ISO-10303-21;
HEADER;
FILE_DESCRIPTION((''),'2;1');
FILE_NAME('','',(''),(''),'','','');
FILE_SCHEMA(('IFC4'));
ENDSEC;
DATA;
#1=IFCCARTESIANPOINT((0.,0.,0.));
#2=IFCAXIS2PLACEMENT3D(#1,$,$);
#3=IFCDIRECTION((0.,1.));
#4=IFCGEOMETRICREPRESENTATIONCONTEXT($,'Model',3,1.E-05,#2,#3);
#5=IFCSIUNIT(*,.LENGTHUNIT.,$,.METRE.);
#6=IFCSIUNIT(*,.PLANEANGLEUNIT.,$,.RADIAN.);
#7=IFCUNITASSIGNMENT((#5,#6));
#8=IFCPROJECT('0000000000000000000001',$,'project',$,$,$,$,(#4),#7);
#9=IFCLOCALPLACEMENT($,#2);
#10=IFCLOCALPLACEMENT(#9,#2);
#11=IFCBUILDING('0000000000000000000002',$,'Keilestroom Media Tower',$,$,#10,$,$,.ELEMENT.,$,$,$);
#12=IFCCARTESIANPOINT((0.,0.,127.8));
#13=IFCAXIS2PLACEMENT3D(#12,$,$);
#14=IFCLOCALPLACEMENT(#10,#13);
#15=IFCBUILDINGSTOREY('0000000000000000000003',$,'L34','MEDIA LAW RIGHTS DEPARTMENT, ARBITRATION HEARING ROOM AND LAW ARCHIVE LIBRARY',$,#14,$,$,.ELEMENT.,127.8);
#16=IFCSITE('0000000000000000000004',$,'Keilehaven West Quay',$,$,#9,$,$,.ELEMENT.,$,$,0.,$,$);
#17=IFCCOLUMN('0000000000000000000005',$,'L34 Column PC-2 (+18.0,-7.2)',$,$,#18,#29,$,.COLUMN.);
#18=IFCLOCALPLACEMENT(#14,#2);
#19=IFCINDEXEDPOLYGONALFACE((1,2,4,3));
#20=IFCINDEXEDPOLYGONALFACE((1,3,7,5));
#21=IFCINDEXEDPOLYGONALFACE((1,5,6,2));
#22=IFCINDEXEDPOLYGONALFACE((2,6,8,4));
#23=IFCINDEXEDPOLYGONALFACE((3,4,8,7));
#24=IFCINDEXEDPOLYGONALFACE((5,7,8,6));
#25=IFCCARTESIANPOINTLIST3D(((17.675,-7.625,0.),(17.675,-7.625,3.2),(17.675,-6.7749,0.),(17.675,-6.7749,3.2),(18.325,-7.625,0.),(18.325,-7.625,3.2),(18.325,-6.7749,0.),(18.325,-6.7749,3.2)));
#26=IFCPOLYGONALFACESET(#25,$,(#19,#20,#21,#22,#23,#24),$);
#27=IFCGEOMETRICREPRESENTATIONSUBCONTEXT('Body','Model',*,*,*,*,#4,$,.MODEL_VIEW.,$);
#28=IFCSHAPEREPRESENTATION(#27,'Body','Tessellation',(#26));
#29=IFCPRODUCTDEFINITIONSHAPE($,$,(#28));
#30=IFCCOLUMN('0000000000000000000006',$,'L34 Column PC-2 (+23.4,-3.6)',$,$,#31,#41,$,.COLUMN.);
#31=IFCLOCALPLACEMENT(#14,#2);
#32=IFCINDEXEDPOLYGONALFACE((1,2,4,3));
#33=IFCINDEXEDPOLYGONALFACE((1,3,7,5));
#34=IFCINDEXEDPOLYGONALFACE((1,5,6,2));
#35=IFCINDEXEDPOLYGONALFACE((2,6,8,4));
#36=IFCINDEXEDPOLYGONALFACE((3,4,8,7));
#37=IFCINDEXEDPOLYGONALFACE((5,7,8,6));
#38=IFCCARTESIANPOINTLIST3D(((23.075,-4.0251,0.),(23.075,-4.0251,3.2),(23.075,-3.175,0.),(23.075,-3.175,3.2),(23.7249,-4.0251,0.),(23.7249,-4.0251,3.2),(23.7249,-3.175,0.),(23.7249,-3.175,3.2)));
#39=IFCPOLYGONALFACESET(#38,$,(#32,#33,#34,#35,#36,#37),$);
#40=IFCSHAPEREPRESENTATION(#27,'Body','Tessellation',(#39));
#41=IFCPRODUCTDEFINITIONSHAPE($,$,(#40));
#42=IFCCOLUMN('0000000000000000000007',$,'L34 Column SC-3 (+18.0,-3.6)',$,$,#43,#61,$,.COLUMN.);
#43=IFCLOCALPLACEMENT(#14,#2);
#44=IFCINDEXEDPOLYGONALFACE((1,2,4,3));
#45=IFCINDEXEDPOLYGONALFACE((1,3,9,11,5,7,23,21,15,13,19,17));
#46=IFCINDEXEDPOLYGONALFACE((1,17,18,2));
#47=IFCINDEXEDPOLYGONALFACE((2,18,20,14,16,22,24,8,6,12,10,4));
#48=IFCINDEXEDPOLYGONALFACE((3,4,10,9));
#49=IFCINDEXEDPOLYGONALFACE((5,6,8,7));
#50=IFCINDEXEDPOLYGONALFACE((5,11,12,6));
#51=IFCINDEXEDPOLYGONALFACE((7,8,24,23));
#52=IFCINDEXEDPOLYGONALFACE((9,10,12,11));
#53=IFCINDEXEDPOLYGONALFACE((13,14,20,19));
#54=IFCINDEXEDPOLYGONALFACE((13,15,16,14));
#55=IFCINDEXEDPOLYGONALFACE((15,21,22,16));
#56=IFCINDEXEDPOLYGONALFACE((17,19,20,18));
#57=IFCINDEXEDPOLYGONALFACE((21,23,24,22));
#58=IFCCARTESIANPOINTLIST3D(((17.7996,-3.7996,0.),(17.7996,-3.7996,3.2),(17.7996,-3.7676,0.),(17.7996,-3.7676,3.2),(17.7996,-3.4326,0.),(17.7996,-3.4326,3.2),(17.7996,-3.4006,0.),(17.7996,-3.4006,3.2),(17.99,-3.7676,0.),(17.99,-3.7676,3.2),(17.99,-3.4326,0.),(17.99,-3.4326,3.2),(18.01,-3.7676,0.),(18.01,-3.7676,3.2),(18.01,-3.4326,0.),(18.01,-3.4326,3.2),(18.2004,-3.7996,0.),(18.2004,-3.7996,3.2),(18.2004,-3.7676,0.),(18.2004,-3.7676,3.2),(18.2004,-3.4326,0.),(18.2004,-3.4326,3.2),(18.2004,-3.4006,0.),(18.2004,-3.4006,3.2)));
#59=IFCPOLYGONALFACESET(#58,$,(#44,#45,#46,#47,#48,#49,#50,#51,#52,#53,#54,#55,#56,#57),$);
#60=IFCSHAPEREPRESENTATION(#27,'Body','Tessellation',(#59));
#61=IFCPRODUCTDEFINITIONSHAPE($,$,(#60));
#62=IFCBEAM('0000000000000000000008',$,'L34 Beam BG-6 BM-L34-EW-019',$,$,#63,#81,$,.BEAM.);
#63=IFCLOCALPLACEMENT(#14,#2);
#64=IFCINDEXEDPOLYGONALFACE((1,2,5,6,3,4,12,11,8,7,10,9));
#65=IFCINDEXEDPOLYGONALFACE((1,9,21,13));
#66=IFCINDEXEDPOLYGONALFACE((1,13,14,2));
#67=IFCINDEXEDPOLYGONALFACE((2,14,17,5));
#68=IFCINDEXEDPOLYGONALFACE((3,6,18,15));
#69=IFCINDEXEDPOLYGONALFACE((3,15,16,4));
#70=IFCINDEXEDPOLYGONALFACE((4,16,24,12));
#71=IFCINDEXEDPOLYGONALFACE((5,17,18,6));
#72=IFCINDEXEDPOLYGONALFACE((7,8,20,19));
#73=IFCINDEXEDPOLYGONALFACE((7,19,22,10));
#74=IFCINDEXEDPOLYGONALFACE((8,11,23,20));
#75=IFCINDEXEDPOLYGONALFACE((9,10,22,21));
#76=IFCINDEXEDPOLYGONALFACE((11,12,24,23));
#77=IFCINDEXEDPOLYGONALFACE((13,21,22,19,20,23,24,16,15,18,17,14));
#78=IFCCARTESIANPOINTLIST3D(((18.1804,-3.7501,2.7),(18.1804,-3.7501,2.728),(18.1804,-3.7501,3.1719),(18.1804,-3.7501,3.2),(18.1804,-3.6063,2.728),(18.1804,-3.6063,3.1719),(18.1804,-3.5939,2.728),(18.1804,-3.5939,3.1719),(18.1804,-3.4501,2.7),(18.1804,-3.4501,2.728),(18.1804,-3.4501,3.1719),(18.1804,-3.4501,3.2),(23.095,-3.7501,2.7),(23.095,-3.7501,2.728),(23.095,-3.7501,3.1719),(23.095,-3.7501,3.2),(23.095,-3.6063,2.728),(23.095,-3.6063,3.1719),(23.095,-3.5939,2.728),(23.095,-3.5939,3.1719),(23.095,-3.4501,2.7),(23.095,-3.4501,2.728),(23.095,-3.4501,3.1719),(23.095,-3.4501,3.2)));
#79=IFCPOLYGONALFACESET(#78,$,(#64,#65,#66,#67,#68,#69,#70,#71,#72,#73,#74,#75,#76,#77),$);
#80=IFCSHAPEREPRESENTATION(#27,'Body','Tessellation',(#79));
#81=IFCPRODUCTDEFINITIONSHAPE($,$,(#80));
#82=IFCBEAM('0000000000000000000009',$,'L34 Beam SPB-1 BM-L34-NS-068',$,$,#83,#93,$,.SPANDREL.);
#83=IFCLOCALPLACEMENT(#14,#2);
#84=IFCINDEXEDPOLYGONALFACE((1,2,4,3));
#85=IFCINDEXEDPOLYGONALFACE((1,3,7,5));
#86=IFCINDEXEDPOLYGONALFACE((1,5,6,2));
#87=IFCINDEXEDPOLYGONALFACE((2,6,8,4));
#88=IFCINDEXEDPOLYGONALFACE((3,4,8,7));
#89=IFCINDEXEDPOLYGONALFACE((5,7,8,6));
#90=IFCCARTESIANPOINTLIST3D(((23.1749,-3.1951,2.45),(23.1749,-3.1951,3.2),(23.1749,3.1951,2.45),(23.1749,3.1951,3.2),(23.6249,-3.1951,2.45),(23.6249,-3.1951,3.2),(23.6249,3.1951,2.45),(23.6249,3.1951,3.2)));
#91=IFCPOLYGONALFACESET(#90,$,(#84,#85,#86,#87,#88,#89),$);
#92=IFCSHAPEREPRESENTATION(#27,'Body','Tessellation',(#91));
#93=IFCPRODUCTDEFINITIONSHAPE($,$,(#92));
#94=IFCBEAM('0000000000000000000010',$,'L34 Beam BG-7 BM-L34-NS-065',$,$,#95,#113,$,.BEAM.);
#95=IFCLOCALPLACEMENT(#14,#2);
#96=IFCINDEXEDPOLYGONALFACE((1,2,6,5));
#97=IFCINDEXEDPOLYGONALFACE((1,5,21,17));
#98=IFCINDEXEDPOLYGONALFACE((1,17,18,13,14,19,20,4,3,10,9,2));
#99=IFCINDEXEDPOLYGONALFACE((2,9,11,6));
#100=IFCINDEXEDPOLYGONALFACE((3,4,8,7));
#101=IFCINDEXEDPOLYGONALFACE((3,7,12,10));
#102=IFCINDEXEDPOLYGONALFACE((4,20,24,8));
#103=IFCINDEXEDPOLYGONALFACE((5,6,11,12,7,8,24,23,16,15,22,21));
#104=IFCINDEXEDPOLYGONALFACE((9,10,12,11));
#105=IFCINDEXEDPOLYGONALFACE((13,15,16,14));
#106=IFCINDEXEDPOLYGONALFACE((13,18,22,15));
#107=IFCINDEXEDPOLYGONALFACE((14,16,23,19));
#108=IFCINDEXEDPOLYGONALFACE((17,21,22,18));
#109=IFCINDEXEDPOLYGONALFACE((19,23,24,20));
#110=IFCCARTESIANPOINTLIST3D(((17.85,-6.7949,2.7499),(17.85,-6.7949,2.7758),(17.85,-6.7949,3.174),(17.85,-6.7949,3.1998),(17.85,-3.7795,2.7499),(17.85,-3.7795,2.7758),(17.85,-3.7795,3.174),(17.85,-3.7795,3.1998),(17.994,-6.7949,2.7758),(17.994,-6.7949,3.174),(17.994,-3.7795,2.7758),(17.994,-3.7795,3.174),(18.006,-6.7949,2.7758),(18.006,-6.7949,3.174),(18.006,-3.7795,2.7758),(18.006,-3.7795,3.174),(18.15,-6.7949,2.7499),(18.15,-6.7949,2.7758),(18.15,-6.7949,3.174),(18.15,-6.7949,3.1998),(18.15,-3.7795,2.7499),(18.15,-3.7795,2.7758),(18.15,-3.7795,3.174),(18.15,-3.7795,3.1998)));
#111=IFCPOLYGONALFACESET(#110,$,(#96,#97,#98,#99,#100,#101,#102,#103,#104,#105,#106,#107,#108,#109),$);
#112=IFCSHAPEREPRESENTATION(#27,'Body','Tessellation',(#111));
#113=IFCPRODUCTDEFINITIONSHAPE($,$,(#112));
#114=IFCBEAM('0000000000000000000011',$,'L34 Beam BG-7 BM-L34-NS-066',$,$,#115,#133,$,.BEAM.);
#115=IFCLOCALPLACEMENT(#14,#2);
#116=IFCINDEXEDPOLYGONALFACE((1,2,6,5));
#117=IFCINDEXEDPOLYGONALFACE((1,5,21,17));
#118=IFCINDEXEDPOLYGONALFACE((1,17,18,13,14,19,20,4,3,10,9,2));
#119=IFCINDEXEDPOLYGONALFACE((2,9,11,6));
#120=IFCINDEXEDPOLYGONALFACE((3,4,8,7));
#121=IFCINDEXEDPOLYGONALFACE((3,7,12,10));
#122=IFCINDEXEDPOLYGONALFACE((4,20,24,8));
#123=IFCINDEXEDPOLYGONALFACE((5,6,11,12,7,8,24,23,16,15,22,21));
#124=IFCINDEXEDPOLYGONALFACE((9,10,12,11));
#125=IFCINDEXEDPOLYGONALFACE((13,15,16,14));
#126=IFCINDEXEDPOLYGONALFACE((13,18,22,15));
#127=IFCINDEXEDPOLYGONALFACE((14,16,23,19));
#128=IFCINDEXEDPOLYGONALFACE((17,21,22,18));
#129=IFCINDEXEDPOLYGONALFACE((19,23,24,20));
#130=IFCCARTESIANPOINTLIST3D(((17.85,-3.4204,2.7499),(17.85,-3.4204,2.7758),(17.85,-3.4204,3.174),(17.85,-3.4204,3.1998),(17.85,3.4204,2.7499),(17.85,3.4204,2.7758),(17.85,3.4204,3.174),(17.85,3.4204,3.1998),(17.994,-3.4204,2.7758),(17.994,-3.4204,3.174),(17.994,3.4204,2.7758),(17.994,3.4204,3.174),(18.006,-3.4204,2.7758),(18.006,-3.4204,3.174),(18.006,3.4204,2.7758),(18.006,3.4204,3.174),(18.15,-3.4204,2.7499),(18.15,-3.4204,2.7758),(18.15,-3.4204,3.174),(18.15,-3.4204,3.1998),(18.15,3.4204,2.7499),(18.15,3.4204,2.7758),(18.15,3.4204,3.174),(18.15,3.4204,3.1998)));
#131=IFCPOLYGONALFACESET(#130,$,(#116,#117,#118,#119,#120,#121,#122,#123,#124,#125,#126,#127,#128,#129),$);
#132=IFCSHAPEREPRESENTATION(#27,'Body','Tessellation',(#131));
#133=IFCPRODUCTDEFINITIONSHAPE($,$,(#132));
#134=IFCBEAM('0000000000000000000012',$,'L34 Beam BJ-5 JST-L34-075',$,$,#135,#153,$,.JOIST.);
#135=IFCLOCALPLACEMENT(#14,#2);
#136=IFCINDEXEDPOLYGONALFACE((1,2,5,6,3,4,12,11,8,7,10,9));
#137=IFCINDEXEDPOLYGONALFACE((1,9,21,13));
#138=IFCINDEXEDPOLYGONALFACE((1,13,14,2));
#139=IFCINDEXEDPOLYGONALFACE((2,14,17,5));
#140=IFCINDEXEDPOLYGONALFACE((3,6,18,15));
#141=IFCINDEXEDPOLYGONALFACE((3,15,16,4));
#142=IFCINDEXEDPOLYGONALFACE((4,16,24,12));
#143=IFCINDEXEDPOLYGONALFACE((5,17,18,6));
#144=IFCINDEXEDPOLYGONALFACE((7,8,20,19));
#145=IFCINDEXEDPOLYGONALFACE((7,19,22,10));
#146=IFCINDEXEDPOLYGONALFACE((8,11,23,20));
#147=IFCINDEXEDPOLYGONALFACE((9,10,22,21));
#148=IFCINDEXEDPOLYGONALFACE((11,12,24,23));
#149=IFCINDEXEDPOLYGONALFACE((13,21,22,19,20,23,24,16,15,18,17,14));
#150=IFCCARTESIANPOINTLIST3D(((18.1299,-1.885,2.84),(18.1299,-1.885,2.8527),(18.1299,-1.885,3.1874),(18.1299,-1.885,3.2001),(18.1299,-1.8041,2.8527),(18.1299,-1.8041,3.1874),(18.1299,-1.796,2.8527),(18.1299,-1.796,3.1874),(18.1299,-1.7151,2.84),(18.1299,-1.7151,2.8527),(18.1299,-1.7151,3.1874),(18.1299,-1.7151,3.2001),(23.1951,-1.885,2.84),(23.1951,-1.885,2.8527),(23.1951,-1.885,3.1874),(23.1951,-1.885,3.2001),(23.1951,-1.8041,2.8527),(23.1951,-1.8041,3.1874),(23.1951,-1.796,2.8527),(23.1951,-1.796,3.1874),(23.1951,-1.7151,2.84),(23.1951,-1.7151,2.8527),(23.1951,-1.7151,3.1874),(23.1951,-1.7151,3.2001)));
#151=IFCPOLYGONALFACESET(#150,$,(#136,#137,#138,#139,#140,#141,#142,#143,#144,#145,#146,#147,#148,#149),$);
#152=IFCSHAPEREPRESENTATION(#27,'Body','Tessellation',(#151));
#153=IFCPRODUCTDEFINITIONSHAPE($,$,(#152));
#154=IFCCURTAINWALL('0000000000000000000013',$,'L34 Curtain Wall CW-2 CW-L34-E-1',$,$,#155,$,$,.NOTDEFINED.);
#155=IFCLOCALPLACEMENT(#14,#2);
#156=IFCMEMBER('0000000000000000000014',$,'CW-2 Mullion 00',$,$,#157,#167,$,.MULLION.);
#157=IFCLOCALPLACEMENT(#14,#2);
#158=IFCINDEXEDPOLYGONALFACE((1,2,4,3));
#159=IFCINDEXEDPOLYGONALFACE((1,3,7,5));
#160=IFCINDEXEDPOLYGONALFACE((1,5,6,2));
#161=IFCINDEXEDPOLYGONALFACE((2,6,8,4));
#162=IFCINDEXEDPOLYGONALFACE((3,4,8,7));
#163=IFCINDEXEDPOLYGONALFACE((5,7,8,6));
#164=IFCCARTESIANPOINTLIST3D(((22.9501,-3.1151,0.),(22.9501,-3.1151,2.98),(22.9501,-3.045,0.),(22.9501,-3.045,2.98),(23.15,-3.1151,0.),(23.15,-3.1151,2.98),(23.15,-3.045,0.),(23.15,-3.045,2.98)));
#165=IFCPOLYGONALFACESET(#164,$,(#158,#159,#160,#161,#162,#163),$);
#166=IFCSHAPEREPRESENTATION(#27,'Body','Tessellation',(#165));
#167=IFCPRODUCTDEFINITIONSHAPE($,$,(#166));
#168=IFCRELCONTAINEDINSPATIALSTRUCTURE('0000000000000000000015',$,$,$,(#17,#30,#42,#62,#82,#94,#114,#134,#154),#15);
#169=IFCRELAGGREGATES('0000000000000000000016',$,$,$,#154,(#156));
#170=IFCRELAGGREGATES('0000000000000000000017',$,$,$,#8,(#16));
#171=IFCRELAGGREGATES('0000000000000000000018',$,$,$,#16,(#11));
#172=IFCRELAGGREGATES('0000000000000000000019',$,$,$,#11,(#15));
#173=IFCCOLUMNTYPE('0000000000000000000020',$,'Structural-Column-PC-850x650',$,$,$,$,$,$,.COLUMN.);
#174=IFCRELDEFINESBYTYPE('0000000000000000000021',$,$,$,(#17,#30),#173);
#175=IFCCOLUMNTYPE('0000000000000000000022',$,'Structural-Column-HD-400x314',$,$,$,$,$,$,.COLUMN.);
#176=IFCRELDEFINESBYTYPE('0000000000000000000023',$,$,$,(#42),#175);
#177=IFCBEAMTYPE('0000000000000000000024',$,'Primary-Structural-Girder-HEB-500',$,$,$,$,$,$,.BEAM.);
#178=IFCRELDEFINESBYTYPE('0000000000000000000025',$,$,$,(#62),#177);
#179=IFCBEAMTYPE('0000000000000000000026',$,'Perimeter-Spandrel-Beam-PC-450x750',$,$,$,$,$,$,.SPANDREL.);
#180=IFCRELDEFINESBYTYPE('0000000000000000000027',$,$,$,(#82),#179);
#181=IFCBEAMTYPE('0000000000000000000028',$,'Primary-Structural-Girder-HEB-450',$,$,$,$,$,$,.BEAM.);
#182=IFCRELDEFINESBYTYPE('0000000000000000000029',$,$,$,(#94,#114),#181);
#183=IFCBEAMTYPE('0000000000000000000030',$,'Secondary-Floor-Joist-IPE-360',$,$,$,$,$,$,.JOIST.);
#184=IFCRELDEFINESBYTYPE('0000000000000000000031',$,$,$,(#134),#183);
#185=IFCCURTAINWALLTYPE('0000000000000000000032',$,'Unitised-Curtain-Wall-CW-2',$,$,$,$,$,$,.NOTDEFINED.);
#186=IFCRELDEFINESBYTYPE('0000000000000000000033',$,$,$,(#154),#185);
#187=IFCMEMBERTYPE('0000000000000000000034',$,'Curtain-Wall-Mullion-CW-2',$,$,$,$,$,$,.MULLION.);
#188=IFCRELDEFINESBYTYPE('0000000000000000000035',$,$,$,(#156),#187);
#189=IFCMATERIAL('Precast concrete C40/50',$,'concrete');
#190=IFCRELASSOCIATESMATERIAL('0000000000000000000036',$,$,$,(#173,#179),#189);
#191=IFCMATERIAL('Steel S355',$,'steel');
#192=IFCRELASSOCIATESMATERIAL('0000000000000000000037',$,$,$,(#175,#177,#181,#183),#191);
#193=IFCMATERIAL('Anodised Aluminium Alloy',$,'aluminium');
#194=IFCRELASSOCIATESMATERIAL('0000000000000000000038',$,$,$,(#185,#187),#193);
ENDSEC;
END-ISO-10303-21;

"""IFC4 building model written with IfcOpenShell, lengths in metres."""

from ifc_helpers import new_model, si_unit, direction, frame, origin, origin_2d, place, context, subcontext, project, spatial, rectangle, i_section, extrude, source, transform, mapped, material, material_profile, profile_set, type_object, element, aggregate, save


model = new_model("IFC4")

# Units and contexts
model_context = context("Model", 3, precision=1e-05, world=origin(), true_north=direction((0.0, 1.0)))
body_context = subcontext(model_context, "Body", "Model", "MODEL_VIEW")
ifc_project = project(units=[si_unit("LENGTHUNIT", "METRE"), si_unit("PLANEANGLEUNIT", "RADIAN")], contexts=[model_context])

# Site, building, storey
site_placement = place(None, origin())
site = spatial("IfcSite", under=ifc_project, at=site_placement, Name="Keilehaven West Quay", CompositionType="ELEMENT", RefElevation=0.0)
building_placement = place(site_placement, origin())
building = spatial("IfcBuilding", under=site, at=building_placement, Name="Keilestroom Media Tower", CompositionType="ELEMENT")
storey_placement = place(building_placement, frame((0.0, 0.0, 127.8)))
storey = spatial("IfcBuildingStorey", under=building, at=storey_placement, Name="L34", Description="MEDIA LAW RIGHTS DEPARTMENT, ARBITRATION HEARING ROOM AND LAW ARCHIVE LIBRARY", CompositionType="ELEMENT", Elevation=127.8)

# Columns
ifc_material_1 = material(Name="Precast concrete C40/50", Category="concrete")
ifc_material_profile_1 = material_profile(ifc_material_1, rectangle(XDim=0.6499, YDim=0.8501, at=origin_2d()), Name="PC 850x650")
ifc_profile_set_1 = profile_set([ifc_material_profile_1], Name="Precast concrete C40/50")
column_type_1 = type_object("IfcColumnType", Name="Structural-Column-PC-850x650", PredefinedType="COLUMN", material=ifc_profile_set_1)
shared_shape_1 = source(origin(), body_context, "Body", "SweptSolid", [
    extrude(rectangle(XDim=0.6499, YDim=0.8501, at=origin_2d()), origin(), (0.0, 0.0, 1.0), 3.2),
])
for number, where, z_axis, x_axis, name in (
    (1, (18.0, -7.2, 0.0), (0.0, 0.0, 1.0), (1.0, 0.0, 0.0), "L34 Column PC-2 (+18.0,-7.2)"),
    (2, (23.3999, -3.6001, 0.0), (0.0, 0.0, 1.0), (1.0, 0.0, 0.0), "L34 Column PC-2 (+23.4,-3.6)"),
):
    element("IfcColumn", number, at=place(storey_placement, frame(where, z_axis=z_axis, x_axis=x_axis)), inside=storey, type_object=column_type_1, Name=name, PredefinedType="COLUMN", context=body_context, shape_type="MappedRepresentation", body=[
        mapped(shared_shape_1, transform((0.0, 0.0, 0.0), x_axis=(1.0, 0.0, 0.0), y_axis=(0.0, 1.0, 0.0), z_axis=(0.0, 0.0, 1.0), scale=1.0)),
    ])
ifc_material_2 = material(Name="Steel S355", Category="steel")
ifc_material_profile_2 = material_profile(ifc_material_2, i_section(OverallWidth=0.4009, OverallDepth=0.3989, WebThickness=0.02, FlangeThickness=0.032, at=origin_2d()), Name="HD 400x314")
ifc_profile_set_2 = profile_set([ifc_material_profile_2], Name="Steel S355")
column_type_2 = type_object("IfcColumnType", Name="Structural-Column-HD-400x314", PredefinedType="COLUMN", material=ifc_profile_set_2)
shared_shape_2 = source(origin(), body_context, "Body", "SweptSolid", [
    extrude(i_section(OverallWidth=0.4009, OverallDepth=0.3989, WebThickness=0.02, FlangeThickness=0.032, at=origin_2d()), origin(), (0.0, 0.0, 1.0), 3.2),
])
column_placement = place(storey_placement, frame((18.0, -3.6001, 0.0), z_axis=(0.0, 0.0, 1.0), x_axis=(1.0, 0.0, 0.0)))
element("IfcColumn", 3, at=column_placement, inside=storey, type_object=column_type_2, Name="L34 Column SC-3 (+18.0,-3.6)", PredefinedType="COLUMN", context=body_context, shape_type="MappedRepresentation", body=[
    mapped(shared_shape_2, transform((0.0, 0.0, 0.0), x_axis=(1.0, 0.0, 0.0), y_axis=(0.0, 1.0, 0.0), z_axis=(0.0, 0.0, 1.0), scale=1.0)),
])

# Beams
ifc_material_profile_3 = material_profile(ifc_material_2, i_section(OverallWidth=0.3, OverallDepth=0.5, WebThickness=0.0125, FlangeThickness=0.0281, at=origin_2d()), Name="HEB 500")
ifc_profile_set_3 = profile_set([ifc_material_profile_3], Name="Steel S355")
beam_type_1 = type_object("IfcBeamType", Name="Primary-Structural-Girder-HEB-500", PredefinedType="BEAM", material=ifc_profile_set_3)
shared_shape_3 = source(origin(), body_context, "Body", "SweptSolid", [
    extrude(i_section(OverallWidth=0.3, OverallDepth=0.5, WebThickness=0.0125, FlangeThickness=0.0281, at=origin_2d()), origin(), (0.0, 0.0, 1.0), 4.9146),
])
beam_1_placement = place(storey_placement, frame((18.1804, -3.6001, 2.95), z_axis=(1.0, 0.0, 0.0), x_axis=(0.0, 1.0, 0.0)))
element("IfcBeam", 4, at=beam_1_placement, inside=storey, type_object=beam_type_1, Name="L34 Beam BG-6 BM-L34-EW-019", PredefinedType="BEAM", context=body_context, shape_type="MappedRepresentation", body=[
    mapped(shared_shape_3, transform((0.0, 0.0, 0.0), x_axis=(1.0, 0.0, 0.0), y_axis=(0.0, 1.0, 0.0), z_axis=(0.0, 0.0, 1.0), scale=1.0)),
])
ifc_material_profile_4 = material_profile(ifc_material_1, rectangle(XDim=0.45, YDim=0.75, at=origin_2d()), Name="PC 450x750")
ifc_profile_set_4 = profile_set([ifc_material_profile_4], Name="Precast concrete C40/50")
beam_type_2 = type_object("IfcBeamType", Name="Perimeter-Spandrel-Beam-PC-450x750", PredefinedType="SPANDREL", material=ifc_profile_set_4)
shared_shape_4 = source(origin(), body_context, "Body", "SweptSolid", [
    extrude(rectangle(XDim=0.45, YDim=0.75, at=origin_2d()), origin(), (0.0, 0.0, 1.0), 6.3901),
])
beam_2_placement = place(storey_placement, frame((23.3999, -3.1951, 2.825), z_axis=(0.0, 1.0, 0.0), x_axis=(-1.0, 0.0, 0.0)))
element("IfcBeam", 5, at=beam_2_placement, inside=storey, type_object=beam_type_2, Name="L34 Beam SPB-1 BM-L34-NS-068", PredefinedType="SPANDREL", context=body_context, shape_type="MappedRepresentation", body=[
    mapped(shared_shape_4, transform((0.0, 0.0, 0.0), x_axis=(1.0, 0.0, 0.0), y_axis=(0.0, 1.0, 0.0), z_axis=(0.0, 0.0, 1.0), scale=1.0)),
])
ifc_material_profile_5 = material_profile(ifc_material_2, i_section(OverallWidth=0.3, OverallDepth=0.45, WebThickness=0.012, FlangeThickness=0.0259, at=origin_2d()), Name="HEB 450")
ifc_profile_set_5 = profile_set([ifc_material_profile_5], Name="Steel S355")
beam_type_3 = type_object("IfcBeamType", Name="Primary-Structural-Girder-HEB-450", PredefinedType="BEAM", material=ifc_profile_set_5)
shared_shape_5 = source(origin(), body_context, "Body", "SweptSolid", [
    extrude(i_section(OverallWidth=0.3, OverallDepth=0.45, WebThickness=0.012, FlangeThickness=0.0259, at=origin_2d()), origin(), (0.0, 0.0, 1.0), 3.0154),
])
beam_3_placement = place(storey_placement, frame((18.0, -6.7949, 2.9749), z_axis=(0.0, 1.0, 0.0), x_axis=(-1.0, 0.0, 0.0)))
element("IfcBeam", 6, at=beam_3_placement, inside=storey, type_object=beam_type_3, Name="L34 Beam BG-7 BM-L34-NS-065", PredefinedType="BEAM", context=body_context, shape_type="MappedRepresentation", body=[
    mapped(shared_shape_5, transform((0.0, 0.0, 0.0), x_axis=(1.0, 0.0, 0.0), y_axis=(0.0, 1.0, 0.0), z_axis=(0.0, 0.0, 1.0), scale=1.0)),
])
shared_shape_6 = source(origin(), body_context, "Body", "SweptSolid", [
    extrude(i_section(OverallWidth=0.3, OverallDepth=0.45, WebThickness=0.012, FlangeThickness=0.0259, at=origin_2d()), origin(), (0.0, 0.0, 1.0), 6.8408),
])
beam_4_placement = place(storey_placement, frame((18.0, -3.4204, 2.9749), z_axis=(0.0, 1.0, 0.0), x_axis=(-1.0, 0.0, 0.0)))
element("IfcBeam", 7, at=beam_4_placement, inside=storey, type_object=beam_type_3, Name="L34 Beam BG-7 BM-L34-NS-066", PredefinedType="BEAM", context=body_context, shape_type="MappedRepresentation", body=[
    mapped(shared_shape_6, transform((0.0, 0.0, 0.0), x_axis=(1.0, 0.0, 0.0), y_axis=(0.0, 1.0, 0.0), z_axis=(0.0, 0.0, 1.0), scale=1.0)),
])
ifc_material_profile_6 = material_profile(ifc_material_2, i_section(OverallWidth=0.1699, OverallDepth=0.3601, WebThickness=0.0081, FlangeThickness=0.0127, at=origin_2d()), Name="IPE 360")
ifc_profile_set_6 = profile_set([ifc_material_profile_6], Name="Steel S355")
beam_type_4 = type_object("IfcBeamType", Name="Secondary-Floor-Joist-IPE-360", PredefinedType="JOIST", material=ifc_profile_set_6)
shared_shape_7 = source(origin(), body_context, "Body", "SweptSolid", [
    extrude(i_section(OverallWidth=0.1699, OverallDepth=0.3601, WebThickness=0.0081, FlangeThickness=0.0127, at=origin_2d()), origin(), (0.0, 0.0, 1.0), 5.0652),
])
beam_5_placement = place(storey_placement, frame((18.1299, -1.8, 3.02), z_axis=(1.0, 0.0, 0.0), x_axis=(0.0, 1.0, 0.0)))
element("IfcBeam", 8, at=beam_5_placement, inside=storey, type_object=beam_type_4, Name="L34 Beam BJ-5 JST-L34-075", PredefinedType="JOIST", context=body_context, shape_type="MappedRepresentation", body=[
    mapped(shared_shape_7, transform((0.0, 0.0, 0.0), x_axis=(1.0, 0.0, 0.0), y_axis=(0.0, 1.0, 0.0), z_axis=(0.0, 0.0, 1.0), scale=1.0)),
])

# Curtain wall, member
ifc_material_3 = material(Name="Anodised Aluminium Alloy", Category="aluminium")
curtain_wall_type = type_object("IfcCurtainWallType", Name="Unitised-Curtain-Wall-CW-2", PredefinedType="NOTDEFINED", material=ifc_material_3)
curtain_wall_placement = place(storey_placement, origin())
curtain_wall = element("IfcCurtainWall", 9, at=curtain_wall_placement, inside=storey, type_object=curtain_wall_type, Name="L34 Curtain Wall CW-2 CW-L34-E-1", PredefinedType="NOTDEFINED")
ifc_material_profile_7 = material_profile(ifc_material_3, rectangle(XDim=0.0701, YDim=0.2, at=origin_2d()), Name="ALU MULLION 70x200")
ifc_profile_set_7 = profile_set([ifc_material_profile_7], Name="Anodised Aluminium Alloy")
member_type_1 = type_object("IfcMemberType", Name="Curtain-Wall-Mullion-CW-2", PredefinedType="MULLION", material=ifc_profile_set_7)
shared_shape_8 = source(origin(), body_context, "Body", "SweptSolid", [
    extrude(rectangle(XDim=0.0701, YDim=0.2, at=origin_2d()), origin(), (0.0, 0.0, 1.0), 2.98),
])
member_1_placement = place(storey_placement, frame((23.05, -3.0801, 0.0), z_axis=(0.0, 0.0, 1.0), x_axis=(0.0, 1.0, 0.0)))
member_1 = element("IfcMember", 10, at=member_1_placement, type_object=member_type_1, Name="CW-2 Mullion 00", PredefinedType="MULLION", context=body_context, shape_type="MappedRepresentation", body=[
    mapped(shared_shape_8, transform((0.0, 0.0, 0.0), x_axis=(1.0, 0.0, 0.0), y_axis=(0.0, 1.0, 0.0), z_axis=(0.0, 0.0, 1.0), scale=1.0)),
])
aggregate(curtain_wall, [member_1])

save(model, "model.ifc")
